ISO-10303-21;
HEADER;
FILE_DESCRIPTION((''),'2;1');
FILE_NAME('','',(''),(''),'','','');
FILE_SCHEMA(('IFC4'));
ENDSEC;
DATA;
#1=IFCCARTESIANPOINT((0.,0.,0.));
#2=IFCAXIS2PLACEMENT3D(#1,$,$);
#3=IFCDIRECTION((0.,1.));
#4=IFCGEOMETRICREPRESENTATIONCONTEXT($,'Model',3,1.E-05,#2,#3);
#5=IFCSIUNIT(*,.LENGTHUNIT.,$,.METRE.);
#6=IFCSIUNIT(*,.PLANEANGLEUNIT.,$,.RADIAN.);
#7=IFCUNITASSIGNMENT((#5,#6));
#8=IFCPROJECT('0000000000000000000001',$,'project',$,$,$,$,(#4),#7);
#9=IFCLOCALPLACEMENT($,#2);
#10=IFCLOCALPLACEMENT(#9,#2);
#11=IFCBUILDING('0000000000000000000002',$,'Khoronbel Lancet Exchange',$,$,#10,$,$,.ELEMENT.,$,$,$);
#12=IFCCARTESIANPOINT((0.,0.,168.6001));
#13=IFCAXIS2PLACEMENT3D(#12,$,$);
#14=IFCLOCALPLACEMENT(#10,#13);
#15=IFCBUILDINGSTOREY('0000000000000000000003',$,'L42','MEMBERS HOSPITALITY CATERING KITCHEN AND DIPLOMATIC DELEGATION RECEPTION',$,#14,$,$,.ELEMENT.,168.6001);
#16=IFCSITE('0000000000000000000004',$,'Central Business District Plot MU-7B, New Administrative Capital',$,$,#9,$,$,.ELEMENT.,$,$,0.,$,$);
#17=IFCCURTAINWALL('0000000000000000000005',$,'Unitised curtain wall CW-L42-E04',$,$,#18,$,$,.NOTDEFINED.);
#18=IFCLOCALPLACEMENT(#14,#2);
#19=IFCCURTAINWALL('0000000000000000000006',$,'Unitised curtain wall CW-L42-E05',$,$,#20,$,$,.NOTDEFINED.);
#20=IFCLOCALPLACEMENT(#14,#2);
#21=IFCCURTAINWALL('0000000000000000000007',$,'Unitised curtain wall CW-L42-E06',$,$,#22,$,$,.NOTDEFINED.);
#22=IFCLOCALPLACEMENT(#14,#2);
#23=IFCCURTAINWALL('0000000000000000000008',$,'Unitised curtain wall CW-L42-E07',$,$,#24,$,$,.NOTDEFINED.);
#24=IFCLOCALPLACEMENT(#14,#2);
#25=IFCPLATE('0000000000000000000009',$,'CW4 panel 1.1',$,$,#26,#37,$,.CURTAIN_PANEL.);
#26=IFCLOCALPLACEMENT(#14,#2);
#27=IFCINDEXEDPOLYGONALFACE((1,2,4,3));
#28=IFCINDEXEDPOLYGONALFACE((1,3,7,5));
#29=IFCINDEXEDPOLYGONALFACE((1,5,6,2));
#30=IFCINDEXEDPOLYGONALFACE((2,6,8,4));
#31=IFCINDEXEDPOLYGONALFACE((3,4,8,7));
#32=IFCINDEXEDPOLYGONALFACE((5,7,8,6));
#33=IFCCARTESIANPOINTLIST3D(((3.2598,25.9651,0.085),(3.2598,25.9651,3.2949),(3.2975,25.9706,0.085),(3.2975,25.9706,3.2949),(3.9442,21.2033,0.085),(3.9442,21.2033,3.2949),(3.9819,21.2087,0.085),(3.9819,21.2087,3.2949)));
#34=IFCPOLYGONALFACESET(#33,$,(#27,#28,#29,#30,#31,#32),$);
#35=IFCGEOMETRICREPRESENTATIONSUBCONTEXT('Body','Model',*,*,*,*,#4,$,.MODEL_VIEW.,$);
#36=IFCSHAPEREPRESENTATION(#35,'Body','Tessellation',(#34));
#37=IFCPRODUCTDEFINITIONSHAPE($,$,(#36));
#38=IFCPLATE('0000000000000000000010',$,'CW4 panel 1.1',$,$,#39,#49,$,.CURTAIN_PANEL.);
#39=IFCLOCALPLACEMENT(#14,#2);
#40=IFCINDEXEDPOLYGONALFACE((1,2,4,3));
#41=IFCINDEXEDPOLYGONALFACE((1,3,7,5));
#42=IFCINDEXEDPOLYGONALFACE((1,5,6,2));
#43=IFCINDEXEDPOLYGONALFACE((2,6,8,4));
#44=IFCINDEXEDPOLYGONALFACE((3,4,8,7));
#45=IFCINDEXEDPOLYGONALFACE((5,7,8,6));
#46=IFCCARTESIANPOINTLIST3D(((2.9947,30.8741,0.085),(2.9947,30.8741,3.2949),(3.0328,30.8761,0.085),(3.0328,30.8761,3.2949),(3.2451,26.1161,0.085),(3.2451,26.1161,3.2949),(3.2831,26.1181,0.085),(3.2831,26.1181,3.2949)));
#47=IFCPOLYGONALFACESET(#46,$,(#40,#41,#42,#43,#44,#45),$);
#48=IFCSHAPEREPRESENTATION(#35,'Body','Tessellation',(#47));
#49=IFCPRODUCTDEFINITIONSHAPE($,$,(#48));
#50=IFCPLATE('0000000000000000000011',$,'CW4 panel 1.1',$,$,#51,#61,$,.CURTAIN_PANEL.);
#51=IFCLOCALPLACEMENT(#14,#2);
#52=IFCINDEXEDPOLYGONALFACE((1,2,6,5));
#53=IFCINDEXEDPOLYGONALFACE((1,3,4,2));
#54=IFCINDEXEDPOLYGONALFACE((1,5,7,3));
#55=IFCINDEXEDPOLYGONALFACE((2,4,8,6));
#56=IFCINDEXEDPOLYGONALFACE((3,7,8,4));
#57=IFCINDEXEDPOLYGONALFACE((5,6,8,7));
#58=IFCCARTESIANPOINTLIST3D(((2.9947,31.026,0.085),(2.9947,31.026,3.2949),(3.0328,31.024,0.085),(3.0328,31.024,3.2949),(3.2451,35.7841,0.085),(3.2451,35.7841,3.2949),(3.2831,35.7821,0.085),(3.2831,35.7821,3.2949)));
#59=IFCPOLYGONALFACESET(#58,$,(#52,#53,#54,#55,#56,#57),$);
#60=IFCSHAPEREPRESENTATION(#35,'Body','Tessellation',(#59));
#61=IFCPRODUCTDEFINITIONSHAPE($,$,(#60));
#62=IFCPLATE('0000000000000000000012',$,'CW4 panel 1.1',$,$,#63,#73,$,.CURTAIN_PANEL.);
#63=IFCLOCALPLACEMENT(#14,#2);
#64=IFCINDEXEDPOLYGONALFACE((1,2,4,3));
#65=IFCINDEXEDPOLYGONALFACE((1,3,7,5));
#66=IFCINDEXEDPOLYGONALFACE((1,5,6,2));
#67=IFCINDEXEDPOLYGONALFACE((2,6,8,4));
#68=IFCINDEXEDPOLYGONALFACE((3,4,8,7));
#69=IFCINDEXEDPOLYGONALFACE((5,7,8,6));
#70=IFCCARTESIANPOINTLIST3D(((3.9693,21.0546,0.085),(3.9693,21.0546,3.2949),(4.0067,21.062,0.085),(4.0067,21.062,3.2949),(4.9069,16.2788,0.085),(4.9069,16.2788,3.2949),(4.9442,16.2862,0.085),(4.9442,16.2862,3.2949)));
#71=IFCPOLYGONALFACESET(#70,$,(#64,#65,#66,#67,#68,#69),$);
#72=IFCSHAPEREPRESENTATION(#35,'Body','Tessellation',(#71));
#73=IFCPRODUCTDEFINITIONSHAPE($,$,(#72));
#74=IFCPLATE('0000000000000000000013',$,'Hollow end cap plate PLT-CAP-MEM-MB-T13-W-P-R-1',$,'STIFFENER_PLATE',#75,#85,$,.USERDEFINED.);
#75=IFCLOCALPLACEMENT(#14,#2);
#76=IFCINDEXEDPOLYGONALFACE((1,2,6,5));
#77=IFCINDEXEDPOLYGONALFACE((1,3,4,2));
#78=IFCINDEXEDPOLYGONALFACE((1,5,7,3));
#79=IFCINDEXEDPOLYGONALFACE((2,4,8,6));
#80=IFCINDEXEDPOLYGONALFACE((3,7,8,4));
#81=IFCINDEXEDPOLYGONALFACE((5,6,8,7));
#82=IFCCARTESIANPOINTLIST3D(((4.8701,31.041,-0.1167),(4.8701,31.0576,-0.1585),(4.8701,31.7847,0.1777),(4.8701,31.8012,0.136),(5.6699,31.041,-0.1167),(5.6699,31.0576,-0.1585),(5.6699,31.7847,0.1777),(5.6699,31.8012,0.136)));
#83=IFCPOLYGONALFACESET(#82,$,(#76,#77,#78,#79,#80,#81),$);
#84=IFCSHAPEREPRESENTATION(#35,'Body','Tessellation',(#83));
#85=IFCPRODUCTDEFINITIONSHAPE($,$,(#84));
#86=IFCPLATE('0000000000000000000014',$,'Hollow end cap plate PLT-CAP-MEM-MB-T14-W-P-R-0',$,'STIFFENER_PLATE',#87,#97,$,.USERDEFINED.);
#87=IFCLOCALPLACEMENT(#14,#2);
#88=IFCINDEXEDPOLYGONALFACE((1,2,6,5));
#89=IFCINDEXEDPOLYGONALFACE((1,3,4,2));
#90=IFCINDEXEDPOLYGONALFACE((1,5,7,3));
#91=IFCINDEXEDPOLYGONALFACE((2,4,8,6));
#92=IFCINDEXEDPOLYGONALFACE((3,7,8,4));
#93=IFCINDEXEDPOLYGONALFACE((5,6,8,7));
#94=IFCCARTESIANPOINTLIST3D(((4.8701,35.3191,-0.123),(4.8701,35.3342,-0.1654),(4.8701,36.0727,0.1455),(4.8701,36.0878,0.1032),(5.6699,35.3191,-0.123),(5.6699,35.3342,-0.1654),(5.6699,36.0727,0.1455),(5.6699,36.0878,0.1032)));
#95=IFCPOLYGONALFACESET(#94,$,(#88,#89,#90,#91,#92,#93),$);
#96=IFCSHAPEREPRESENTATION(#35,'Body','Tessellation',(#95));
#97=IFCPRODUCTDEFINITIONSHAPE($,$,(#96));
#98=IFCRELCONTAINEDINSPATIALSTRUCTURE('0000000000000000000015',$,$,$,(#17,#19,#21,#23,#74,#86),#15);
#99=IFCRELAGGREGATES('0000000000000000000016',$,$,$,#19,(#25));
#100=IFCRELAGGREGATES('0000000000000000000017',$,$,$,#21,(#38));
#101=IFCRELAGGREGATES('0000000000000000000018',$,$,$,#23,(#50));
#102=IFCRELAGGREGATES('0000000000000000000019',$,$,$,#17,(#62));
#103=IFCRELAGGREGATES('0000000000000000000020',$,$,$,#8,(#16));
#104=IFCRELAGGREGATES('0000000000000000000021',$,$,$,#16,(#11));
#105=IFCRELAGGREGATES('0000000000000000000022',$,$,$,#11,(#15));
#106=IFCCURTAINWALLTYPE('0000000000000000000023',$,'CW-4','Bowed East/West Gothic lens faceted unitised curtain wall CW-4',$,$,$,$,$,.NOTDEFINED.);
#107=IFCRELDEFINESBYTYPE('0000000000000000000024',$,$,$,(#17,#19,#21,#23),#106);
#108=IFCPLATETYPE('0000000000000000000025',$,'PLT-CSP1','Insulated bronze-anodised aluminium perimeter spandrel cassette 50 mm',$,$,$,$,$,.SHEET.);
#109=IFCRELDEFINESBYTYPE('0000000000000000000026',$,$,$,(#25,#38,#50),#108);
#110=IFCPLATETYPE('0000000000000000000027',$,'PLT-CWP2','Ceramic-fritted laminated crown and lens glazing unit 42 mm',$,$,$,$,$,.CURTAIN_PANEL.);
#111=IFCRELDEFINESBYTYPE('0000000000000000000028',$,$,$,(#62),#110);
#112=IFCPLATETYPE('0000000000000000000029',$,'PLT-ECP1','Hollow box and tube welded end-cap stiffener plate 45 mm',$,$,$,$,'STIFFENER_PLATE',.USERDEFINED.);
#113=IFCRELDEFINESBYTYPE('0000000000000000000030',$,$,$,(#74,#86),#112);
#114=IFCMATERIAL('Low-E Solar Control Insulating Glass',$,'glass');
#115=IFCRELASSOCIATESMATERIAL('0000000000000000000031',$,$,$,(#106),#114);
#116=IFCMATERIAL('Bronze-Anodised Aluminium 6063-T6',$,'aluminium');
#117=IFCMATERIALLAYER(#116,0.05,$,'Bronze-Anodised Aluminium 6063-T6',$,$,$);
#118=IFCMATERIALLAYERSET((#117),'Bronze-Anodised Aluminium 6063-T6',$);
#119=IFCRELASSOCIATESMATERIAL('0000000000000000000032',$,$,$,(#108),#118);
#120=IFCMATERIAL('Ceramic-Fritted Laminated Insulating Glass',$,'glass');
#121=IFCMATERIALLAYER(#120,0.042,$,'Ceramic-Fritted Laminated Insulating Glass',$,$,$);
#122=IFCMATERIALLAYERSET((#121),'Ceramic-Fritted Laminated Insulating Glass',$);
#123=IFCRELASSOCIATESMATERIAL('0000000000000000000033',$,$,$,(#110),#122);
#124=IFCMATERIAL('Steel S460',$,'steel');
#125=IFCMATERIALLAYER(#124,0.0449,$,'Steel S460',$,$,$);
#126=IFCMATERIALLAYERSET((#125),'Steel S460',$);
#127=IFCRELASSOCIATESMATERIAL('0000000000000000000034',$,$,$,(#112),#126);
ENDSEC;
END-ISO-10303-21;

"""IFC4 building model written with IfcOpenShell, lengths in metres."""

from ifc_helpers import new_model, si_unit, direction, frame, origin, origin_2d, place, context, subcontext, project, spatial, polyline, rectangle, outline, extrude, material, layer, layer_set, type_object, element, aggregate, save


model = new_model("IFC4")

# Units and contexts
model_context = context("Model", 3, precision=1e-05, world=origin(), true_north=direction((0.0, 1.0)))
body_context = subcontext(model_context, "Body", "Model", "MODEL_VIEW")
ifc_project = project(units=[si_unit("LENGTHUNIT", "METRE"), si_unit("PLANEANGLEUNIT", "RADIAN")], contexts=[model_context])

# Site, building, storey
site_placement = place(None, origin())
site = spatial("IfcSite", under=ifc_project, at=site_placement, Name="Central Business District Plot MU-7B, New Administrative Capital", CompositionType="ELEMENT", RefElevation=0.0)
building_placement = place(site_placement, origin())
building = spatial("IfcBuilding", under=site, at=building_placement, Name="Khoronbel Lancet Exchange", CompositionType="ELEMENT")
storey_placement = place(building_placement, frame((0.0, 0.0, 168.6001)))
storey = spatial("IfcBuildingStorey", under=building, at=storey_placement, Name="L42", Description="MEMBERS HOSPITALITY CATERING KITCHEN AND DIPLOMATIC DELEGATION RECEPTION", CompositionType="ELEMENT", Elevation=168.6001)

# Curtain walls
ifc_material_1 = material(Name="Low-E Solar Control Insulating Glass", Category="glass")
curtain_wall_type = type_object("IfcCurtainWallType", Name="CW-4", Description="Bowed East/West Gothic lens faceted unitised curtain wall CW-4", PredefinedType="NOTDEFINED", material=ifc_material_1)
curtain_wall_1_placement = place(storey_placement, origin())
curtain_wall_1 = element("IfcCurtainWall", 1, at=curtain_wall_1_placement, inside=storey, type_object=curtain_wall_type, Name="Unitised curtain wall CW-L42-E04", PredefinedType="NOTDEFINED")
ifc_material_2 = material(Name="Bronze-Anodised Aluminium 6063-T6", Category="aluminium")
curtain_wall_2_placement = place(storey_placement, origin())
curtain_wall_2 = element("IfcCurtainWall", 2, at=curtain_wall_2_placement, inside=storey, type_object=curtain_wall_type, Name="Unitised curtain wall CW-L42-E05", PredefinedType="NOTDEFINED")
curtain_wall_3_placement = place(storey_placement, origin())
curtain_wall_3 = element("IfcCurtainWall", 3, at=curtain_wall_3_placement, inside=storey, type_object=curtain_wall_type, Name="Unitised curtain wall CW-L42-E06", PredefinedType="NOTDEFINED")

# Curtain wall
curtain_wall_4_placement = place(storey_placement, origin())
curtain_wall_4 = element("IfcCurtainWall", 4, at=curtain_wall_4_placement, inside=storey, type_object=curtain_wall_type, Name="Unitised curtain wall CW-L42-E07", PredefinedType="NOTDEFINED")

# Plates
ifc_layer_1 = layer(ifc_material_2, 0.05, Name="Bronze-Anodised Aluminium 6063-T6")
ifc_layer_set_1 = layer_set([ifc_layer_1], Name="Bronze-Anodised Aluminium 6063-T6")
plate_type_1 = type_object("IfcPlateType", Name="PLT-CSP1", Description="Insulated bronze-anodised aluminium perimeter spandrel cassette 50 mm", PredefinedType="SHEET", material=ifc_layer_set_1)
plate_1_placement = place(storey_placement, frame((3.6208, 23.5869, 0.085), z_axis=(0.0, 0.0, 1.0), x_axis=(-0.142257, 0.98983, 0.0)))
plate_1 = element("IfcPlate", 5, at=plate_1_placement, type_object=plate_type_1, Name="CW4 panel 1.1", PredefinedType="CURTAIN_PANEL", context=body_context, shape_type="SweptSolid", body=[
    extrude(rectangle(XDim=4.8108, YDim=0.0381, at=origin_2d()), origin(), (0.0, 0.0, 1.0), 3.21),
])
aggregate(curtain_wall_2, [plate_1])
plate_2_placement = place(storey_placement, frame((3.1389, 28.4961, 0.085), z_axis=(0.0, 0.0, 1.0), x_axis=(-0.052536, 0.998619, 0.0)))
plate_2 = element("IfcPlate", 6, at=plate_2_placement, type_object=plate_type_1, Name="CW4 panel 1.1", PredefinedType="CURTAIN_PANEL", context=body_context, shape_type="SweptSolid", body=[
    extrude(rectangle(XDim=4.7646, YDim=0.0381, at=origin_2d()), origin(), (0.0, 0.0, 1.0), 3.21),
])
aggregate(curtain_wall_3, [plate_2])
plate_3_placement = place(storey_placement, frame((3.1389, 33.4041, 0.085), z_axis=(0.0, 0.0, 1.0), x_axis=(0.052536, 0.998619, 0.0)))
plate_3 = element("IfcPlate", 7, at=plate_3_placement, type_object=plate_type_1, Name="CW4 panel 1.1", PredefinedType="CURTAIN_PANEL", context=body_context, shape_type="SweptSolid", body=[
    extrude(rectangle(XDim=4.7646, YDim=0.0381, at=origin_2d()), origin(), (0.0, 0.0, 1.0), 3.21),
])
aggregate(curtain_wall_4, [plate_3])
ifc_material_3 = material(Name="Ceramic-Fritted Laminated Insulating Glass", Category="glass")
ifc_layer_2 = layer(ifc_material_3, 0.042, Name="Ceramic-Fritted Laminated Insulating Glass")
ifc_layer_set_2 = layer_set([ifc_layer_2], Name="Ceramic-Fritted Laminated Insulating Glass")
plate_type_2 = type_object("IfcPlateType", Name="PLT-CWP2", Description="Ceramic-fritted laminated crown and lens glazing unit 42 mm", PredefinedType="CURTAIN_PANEL", material=ifc_layer_set_2)
plate_4_placement = place(storey_placement, frame((4.4568, 18.6704, 0.085), z_axis=(0.0, 0.0, 1.0), x_axis=(-0.192627, 0.981272, 0.0)))
plate_4 = element("IfcPlate", 8, at=plate_4_placement, type_object=plate_type_2, Name="CW4 panel 1.1", PredefinedType="CURTAIN_PANEL", context=body_context, shape_type="SweptSolid", body=[
    extrude(rectangle(XDim=4.8669, YDim=0.0381, at=origin_2d()), origin(), (0.0, 0.0, 1.0), 3.21),
])
aggregate(curtain_wall_1, [plate_4])

# Plates
ifc_material_4 = material(Name="Steel S460", Category="steel")
ifc_layer_3 = layer(ifc_material_4, 0.0449, Name="Steel S460")
ifc_layer_set_3 = layer_set([ifc_layer_3], Name="Steel S460")
plate_type_3 = type_object("IfcPlateType", Name="PLT-ECP1", Description="Hollow box and tube welded end-cap stiffener plate 45 mm", ElementType="STIFFENER_PLATE", PredefinedType="USERDEFINED", material=ifc_layer_set_3)
plate_5_placement = place(storey_placement, frame((4.8701, 31.041, -0.1167), z_axis=(0.0, -0.368125, 0.929776), x_axis=(1.0, 0.0, 0.0)))
element("IfcPlate", 9, at=plate_5_placement, inside=storey, type_object=plate_type_3, Name="Hollow end cap plate PLT-CAP-MEM-MB-T13-W-P-R-1", ObjectType="STIFFENER_PLATE", PredefinedType="USERDEFINED", context=body_context, shape_type="SweptSolid", body=[
    extrude(outline(polyline([(0.0, 0.0), (0.7998, 0.0), (0.7998, 0.7998), (0.0, 0.7998), (0.0, 0.0)])), origin(), (0.0, 0.0, -1.0), 0.0449),
])
plate_6_placement = place(storey_placement, frame((4.8701, 35.3191, -0.123), z_axis=(0.0, -0.33566, 0.941983), x_axis=(1.0, 0.0, 0.0)))
element("IfcPlate", 10, at=plate_6_placement, inside=storey, type_object=plate_type_3, Name="Hollow end cap plate PLT-CAP-MEM-MB-T14-W-P-R-0", ObjectType="STIFFENER_PLATE", PredefinedType="USERDEFINED", context=body_context, shape_type="SweptSolid", body=[
    extrude(outline(polyline([(0.0, 0.0), (0.7998, 0.0), (0.7998, 0.8), (0.0, 0.8), (0.0, 0.0)])), origin(), (0.0, 0.0, -1.0), 0.0449),
])

save(model, "model.ifc")
